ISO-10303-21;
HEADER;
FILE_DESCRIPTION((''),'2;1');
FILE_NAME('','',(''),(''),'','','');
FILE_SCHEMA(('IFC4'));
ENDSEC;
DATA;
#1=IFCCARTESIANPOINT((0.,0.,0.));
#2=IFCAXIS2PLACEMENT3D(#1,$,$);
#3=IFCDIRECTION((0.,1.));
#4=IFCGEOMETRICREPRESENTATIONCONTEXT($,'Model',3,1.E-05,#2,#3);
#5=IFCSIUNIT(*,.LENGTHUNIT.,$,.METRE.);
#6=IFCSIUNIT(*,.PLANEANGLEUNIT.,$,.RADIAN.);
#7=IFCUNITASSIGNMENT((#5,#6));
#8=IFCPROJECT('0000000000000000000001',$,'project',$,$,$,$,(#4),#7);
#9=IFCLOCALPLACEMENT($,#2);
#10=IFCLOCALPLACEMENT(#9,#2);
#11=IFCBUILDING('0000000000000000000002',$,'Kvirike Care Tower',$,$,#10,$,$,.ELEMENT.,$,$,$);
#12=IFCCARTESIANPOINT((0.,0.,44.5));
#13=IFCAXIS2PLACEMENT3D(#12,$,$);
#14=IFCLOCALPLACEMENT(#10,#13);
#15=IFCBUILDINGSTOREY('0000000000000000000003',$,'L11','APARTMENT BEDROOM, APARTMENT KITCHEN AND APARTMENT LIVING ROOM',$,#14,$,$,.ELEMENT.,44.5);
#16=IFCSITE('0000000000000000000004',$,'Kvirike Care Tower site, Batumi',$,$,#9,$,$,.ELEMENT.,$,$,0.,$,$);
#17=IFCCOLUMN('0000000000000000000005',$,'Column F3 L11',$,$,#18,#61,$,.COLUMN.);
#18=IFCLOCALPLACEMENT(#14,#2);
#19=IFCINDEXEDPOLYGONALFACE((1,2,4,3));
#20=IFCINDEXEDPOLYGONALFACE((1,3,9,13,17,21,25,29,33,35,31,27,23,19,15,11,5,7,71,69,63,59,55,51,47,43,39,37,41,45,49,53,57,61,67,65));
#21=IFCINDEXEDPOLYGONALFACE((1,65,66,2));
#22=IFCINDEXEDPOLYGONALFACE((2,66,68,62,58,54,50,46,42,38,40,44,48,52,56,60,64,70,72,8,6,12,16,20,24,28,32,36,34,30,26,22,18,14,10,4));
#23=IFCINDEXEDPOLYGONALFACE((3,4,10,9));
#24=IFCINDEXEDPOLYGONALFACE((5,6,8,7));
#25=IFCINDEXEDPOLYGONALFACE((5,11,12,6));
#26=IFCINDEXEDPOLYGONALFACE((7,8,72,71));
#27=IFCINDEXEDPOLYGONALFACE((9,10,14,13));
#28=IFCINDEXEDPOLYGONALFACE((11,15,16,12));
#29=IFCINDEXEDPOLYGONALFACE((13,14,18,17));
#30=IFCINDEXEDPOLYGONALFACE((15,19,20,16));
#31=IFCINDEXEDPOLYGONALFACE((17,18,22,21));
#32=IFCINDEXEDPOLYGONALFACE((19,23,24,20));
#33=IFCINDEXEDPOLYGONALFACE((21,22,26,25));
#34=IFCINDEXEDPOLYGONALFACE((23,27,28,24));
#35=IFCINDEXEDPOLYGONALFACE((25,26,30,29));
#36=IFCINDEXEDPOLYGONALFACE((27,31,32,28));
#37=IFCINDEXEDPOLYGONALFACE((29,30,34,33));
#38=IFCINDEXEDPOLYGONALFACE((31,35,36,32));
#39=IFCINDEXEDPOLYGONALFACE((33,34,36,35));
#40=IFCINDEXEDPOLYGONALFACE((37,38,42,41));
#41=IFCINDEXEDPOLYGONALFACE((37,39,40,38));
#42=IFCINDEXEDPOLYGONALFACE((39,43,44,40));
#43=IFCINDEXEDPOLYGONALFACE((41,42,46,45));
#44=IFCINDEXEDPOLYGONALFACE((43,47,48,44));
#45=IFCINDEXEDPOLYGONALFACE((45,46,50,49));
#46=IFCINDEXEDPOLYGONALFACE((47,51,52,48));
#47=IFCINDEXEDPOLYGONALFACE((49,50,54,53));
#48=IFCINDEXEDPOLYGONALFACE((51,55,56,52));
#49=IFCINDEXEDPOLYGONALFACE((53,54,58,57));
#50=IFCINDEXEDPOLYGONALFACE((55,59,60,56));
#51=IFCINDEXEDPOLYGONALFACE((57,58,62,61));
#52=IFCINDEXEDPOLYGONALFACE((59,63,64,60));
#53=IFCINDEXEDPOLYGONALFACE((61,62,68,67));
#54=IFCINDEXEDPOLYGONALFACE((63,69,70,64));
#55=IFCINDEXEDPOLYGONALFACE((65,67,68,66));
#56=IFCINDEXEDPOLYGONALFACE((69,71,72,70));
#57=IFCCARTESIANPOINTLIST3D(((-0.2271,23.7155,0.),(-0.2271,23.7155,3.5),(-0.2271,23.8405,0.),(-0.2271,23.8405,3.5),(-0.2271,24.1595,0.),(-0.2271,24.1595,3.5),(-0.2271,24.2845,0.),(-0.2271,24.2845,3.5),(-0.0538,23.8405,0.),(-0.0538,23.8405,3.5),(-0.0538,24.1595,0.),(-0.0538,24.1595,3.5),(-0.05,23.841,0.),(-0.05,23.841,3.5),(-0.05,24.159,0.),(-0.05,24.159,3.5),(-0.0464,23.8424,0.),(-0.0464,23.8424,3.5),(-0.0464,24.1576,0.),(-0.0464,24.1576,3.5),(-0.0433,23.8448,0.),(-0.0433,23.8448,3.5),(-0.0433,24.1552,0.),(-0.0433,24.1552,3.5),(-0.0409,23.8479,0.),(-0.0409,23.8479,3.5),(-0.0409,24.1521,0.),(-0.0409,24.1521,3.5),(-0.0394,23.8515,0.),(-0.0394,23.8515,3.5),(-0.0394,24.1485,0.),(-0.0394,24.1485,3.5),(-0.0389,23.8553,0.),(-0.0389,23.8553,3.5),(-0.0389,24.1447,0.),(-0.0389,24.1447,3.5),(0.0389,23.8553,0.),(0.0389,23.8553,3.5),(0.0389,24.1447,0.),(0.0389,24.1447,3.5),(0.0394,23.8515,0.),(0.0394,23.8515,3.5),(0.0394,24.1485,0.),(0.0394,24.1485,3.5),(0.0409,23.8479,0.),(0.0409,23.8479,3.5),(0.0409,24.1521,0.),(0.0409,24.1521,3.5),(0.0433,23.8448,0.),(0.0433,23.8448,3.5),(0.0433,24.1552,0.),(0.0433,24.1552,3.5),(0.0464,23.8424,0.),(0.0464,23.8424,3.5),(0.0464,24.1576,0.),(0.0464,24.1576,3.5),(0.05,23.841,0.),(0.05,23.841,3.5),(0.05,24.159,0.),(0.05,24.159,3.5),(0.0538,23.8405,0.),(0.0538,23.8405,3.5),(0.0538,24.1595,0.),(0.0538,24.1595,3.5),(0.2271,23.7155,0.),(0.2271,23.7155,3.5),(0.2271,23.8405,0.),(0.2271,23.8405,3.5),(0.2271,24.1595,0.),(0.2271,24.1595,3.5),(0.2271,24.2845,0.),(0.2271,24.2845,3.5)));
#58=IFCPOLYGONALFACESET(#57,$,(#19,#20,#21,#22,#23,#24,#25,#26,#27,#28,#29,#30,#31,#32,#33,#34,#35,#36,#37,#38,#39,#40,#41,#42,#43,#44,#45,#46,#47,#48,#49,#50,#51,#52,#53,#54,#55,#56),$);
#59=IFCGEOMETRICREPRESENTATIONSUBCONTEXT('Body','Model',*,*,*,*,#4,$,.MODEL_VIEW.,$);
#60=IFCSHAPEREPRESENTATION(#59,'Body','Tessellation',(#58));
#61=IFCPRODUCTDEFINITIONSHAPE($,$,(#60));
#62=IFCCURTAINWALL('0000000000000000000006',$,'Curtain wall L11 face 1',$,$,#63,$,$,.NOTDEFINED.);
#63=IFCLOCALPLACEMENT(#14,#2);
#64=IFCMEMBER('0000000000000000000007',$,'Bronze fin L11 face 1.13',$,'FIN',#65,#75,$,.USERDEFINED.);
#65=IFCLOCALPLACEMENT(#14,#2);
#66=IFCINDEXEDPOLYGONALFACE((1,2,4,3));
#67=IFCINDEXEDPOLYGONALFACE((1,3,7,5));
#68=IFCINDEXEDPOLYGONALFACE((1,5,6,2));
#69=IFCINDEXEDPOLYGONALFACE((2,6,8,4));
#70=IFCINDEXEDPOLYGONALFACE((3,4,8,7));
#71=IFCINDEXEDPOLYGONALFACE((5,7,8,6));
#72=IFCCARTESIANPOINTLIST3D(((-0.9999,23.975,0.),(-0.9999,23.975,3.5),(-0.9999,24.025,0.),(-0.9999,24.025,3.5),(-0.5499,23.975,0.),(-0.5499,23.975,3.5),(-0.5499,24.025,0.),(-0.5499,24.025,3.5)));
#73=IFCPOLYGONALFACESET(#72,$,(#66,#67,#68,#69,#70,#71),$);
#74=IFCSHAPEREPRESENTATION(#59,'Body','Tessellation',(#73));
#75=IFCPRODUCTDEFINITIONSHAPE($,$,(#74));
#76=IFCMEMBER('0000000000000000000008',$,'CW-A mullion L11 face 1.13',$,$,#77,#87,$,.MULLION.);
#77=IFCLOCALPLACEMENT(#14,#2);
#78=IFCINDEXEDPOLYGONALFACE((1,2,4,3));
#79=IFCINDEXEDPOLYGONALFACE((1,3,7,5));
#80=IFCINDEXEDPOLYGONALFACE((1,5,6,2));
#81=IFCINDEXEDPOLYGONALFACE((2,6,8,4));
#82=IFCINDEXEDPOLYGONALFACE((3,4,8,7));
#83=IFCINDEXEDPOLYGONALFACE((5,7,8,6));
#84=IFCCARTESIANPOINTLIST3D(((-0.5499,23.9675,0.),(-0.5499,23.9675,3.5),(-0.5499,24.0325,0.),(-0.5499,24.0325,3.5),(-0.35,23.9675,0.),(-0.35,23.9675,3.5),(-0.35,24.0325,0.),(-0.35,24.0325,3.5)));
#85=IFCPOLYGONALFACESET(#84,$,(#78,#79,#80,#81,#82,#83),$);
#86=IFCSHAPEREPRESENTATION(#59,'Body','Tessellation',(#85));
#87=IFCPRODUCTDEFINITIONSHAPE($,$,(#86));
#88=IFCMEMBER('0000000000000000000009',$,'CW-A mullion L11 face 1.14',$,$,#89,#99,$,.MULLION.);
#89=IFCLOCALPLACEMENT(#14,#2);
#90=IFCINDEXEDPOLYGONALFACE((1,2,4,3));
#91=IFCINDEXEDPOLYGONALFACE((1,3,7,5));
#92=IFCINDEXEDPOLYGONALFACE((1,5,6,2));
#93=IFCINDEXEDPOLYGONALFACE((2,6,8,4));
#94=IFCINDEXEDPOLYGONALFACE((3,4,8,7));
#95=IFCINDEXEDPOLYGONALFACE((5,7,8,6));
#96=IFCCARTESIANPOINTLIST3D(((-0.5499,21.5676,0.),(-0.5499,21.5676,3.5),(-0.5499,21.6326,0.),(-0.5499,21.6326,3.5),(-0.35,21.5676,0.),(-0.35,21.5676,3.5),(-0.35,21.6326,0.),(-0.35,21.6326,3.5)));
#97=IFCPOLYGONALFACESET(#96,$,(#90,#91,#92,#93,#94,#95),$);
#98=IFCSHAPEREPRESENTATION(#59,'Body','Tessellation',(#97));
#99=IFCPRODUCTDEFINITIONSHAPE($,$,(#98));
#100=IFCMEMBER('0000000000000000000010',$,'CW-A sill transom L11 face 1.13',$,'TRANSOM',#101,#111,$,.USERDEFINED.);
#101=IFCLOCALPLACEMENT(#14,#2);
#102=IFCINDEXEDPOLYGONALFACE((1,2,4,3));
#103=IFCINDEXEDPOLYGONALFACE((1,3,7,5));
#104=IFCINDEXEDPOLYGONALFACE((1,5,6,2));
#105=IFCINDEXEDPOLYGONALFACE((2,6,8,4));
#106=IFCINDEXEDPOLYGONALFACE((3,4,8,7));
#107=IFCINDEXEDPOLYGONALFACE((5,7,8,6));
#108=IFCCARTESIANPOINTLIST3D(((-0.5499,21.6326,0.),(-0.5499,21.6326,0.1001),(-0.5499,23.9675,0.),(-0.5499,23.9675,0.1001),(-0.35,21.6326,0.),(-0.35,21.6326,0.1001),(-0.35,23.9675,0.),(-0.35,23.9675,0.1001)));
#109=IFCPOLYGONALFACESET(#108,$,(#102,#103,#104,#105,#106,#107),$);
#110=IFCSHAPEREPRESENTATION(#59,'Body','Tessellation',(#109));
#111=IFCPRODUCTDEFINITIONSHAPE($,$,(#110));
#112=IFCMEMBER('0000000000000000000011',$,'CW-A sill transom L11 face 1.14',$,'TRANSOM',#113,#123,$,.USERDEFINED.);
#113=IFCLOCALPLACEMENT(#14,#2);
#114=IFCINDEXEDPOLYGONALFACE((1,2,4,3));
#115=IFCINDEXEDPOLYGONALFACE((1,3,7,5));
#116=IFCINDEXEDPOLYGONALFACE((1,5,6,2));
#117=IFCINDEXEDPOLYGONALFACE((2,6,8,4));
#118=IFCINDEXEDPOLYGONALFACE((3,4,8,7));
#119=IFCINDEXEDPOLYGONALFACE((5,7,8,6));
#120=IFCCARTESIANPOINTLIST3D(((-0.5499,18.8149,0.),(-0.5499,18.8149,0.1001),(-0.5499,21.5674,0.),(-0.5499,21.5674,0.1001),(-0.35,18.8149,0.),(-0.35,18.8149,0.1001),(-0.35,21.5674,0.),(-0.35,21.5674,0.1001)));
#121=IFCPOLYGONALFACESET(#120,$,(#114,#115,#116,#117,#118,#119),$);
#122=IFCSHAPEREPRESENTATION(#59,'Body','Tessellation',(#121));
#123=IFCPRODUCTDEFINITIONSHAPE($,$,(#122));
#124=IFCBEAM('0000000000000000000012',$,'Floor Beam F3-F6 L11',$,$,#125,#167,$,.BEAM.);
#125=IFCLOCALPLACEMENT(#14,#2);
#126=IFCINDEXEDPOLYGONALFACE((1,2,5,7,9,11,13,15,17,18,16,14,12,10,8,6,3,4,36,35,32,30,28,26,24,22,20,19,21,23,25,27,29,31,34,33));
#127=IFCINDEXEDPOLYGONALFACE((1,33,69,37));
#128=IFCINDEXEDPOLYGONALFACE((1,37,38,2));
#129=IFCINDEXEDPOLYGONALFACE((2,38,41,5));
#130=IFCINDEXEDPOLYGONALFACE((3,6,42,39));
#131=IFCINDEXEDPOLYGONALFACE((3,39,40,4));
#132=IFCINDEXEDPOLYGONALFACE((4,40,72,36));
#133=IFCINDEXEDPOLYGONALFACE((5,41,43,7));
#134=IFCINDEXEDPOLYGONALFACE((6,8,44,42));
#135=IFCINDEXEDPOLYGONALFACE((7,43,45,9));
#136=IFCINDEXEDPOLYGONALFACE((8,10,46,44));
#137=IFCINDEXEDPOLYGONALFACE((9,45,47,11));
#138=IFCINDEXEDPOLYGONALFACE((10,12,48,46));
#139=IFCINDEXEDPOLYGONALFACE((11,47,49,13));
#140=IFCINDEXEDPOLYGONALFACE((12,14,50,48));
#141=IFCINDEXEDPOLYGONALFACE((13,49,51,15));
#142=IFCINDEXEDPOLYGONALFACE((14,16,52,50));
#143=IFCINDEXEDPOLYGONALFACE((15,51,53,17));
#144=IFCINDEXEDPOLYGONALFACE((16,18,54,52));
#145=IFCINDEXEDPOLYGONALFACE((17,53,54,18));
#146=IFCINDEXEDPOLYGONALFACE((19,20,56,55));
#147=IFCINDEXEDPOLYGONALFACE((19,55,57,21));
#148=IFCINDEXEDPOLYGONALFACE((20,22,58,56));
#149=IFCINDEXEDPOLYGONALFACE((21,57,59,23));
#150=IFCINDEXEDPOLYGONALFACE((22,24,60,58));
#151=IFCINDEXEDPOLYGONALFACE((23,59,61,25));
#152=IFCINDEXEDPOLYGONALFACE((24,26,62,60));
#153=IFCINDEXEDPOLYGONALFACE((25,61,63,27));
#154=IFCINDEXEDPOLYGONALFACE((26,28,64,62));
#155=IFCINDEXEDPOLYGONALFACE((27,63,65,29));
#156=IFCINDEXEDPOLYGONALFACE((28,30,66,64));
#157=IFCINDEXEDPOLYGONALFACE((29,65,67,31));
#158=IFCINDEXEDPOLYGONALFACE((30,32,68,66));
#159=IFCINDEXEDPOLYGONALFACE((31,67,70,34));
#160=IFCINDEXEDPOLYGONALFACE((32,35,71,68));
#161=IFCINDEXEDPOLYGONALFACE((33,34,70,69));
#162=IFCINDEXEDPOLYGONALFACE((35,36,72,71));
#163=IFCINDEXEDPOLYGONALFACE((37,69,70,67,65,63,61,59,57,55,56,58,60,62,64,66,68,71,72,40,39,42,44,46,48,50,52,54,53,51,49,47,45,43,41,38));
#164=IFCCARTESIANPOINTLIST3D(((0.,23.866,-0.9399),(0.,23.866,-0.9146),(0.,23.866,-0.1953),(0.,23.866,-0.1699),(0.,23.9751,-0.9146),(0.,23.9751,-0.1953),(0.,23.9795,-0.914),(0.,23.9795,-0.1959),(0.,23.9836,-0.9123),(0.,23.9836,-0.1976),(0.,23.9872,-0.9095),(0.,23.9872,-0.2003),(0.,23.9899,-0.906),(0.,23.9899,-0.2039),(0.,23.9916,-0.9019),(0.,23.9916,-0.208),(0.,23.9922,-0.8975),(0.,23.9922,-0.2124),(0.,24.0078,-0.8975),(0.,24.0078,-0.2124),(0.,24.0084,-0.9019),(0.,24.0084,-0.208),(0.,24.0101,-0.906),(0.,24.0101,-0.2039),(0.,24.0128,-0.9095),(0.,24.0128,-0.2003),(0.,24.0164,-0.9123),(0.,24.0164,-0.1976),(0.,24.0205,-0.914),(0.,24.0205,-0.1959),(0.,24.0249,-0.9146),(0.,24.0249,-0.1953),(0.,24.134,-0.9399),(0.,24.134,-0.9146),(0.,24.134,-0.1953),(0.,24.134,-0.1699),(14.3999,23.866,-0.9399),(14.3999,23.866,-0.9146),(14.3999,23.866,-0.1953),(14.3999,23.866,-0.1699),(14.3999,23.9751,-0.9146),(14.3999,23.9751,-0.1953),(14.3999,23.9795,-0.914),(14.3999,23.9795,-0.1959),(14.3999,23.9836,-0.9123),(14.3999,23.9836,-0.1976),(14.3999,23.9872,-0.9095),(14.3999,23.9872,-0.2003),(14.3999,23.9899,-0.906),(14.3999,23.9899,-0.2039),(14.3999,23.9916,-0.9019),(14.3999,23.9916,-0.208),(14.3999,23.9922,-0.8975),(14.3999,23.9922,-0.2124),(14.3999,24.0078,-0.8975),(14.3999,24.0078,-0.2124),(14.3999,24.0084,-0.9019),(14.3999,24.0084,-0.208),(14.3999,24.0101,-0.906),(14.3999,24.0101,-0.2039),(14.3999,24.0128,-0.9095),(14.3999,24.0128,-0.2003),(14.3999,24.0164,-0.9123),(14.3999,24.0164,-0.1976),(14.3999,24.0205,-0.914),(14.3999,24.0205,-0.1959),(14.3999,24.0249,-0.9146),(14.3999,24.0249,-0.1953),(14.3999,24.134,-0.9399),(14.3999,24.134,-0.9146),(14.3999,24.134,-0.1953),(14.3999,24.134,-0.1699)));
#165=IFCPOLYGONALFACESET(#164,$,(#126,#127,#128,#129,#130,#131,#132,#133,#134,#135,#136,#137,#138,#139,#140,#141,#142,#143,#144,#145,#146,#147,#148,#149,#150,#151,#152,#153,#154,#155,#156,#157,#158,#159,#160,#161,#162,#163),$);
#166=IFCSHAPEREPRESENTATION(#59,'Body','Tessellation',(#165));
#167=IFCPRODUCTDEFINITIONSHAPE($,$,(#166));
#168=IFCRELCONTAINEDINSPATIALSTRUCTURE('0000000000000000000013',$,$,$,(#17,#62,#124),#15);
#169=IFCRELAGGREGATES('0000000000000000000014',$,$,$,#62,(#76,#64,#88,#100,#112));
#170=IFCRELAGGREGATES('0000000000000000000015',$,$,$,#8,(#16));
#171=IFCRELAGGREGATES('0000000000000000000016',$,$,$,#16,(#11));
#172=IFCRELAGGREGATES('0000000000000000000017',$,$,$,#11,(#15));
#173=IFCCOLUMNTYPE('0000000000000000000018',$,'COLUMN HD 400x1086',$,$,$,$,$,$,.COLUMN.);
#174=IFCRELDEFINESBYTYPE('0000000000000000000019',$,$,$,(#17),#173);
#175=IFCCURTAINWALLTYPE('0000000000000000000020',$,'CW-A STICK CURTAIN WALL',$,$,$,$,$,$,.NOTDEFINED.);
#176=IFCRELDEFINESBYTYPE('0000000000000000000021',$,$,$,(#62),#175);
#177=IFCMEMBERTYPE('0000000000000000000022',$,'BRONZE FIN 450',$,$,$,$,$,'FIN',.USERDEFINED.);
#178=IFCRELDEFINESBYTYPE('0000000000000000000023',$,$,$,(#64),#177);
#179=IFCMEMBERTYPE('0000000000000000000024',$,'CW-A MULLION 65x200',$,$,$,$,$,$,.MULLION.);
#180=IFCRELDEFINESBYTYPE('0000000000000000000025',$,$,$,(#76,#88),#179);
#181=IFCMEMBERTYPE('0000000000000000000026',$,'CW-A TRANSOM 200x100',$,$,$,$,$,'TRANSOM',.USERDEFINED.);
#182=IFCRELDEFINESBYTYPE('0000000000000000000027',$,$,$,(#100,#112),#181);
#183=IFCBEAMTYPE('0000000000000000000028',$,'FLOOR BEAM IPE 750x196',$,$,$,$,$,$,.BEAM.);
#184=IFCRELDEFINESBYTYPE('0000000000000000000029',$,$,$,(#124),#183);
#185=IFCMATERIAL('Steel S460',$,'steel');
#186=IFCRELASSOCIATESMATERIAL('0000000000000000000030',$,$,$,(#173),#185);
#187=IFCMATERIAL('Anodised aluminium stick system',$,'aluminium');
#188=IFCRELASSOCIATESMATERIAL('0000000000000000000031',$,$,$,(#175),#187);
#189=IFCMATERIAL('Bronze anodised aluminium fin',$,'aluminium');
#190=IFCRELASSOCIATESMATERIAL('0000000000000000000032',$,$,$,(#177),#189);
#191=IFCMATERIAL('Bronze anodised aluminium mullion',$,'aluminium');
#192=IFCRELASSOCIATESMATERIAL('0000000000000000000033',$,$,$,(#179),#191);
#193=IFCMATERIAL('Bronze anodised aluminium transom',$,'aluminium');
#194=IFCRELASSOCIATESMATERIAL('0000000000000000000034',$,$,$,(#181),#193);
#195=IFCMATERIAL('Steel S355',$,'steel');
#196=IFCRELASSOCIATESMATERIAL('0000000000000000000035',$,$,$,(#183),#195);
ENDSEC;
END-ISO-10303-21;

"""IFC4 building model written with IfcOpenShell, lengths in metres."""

from ifc_helpers import new_model, si_unit, direction, frame, origin, origin_2d, place, context, subcontext, project, spatial, rectangle, i_section, extrude, material, material_profile, profile_set, type_object, element, aggregate, save


model = new_model("IFC4")

# Units and contexts
model_context = context("Model", 3, precision=1e-05, world=origin(), true_north=direction((0.0, 1.0)))
body_context = subcontext(model_context, "Body", "Model", "MODEL_VIEW")
ifc_project = project(units=[si_unit("LENGTHUNIT", "METRE"), si_unit("PLANEANGLEUNIT", "RADIAN")], contexts=[model_context])

# Site, building, storey
site_placement = place(None, origin())
site = spatial("IfcSite", under=ifc_project, at=site_placement, Name="Kvirike Care Tower site, Batumi", CompositionType="ELEMENT", RefElevation=0.0)
building_placement = place(site_placement, origin())
building = spatial("IfcBuilding", under=site, at=building_placement, Name="Kvirike Care Tower", CompositionType="ELEMENT")
storey_placement = place(building_placement, frame((0.0, 0.0, 44.5)))
storey = spatial("IfcBuildingStorey", under=building, at=storey_placement, Name="L11", Description="APARTMENT BEDROOM, APARTMENT KITCHEN AND APARTMENT LIVING ROOM", CompositionType="ELEMENT", Elevation=44.5)

# Column
ifc_material_1 = material(Name="Steel S460", Category="steel")
ifc_material_profile_1 = material_profile(ifc_material_1, i_section(OverallWidth=0.4541, OverallDepth=0.5691, WebThickness=0.0779, FlangeThickness=0.125, FilletRadius=0.0149, at=origin_2d()), Name="HD 400x1086")
ifc_profile_set_1 = profile_set([ifc_material_profile_1], Name="Steel S460")
column_type = type_object("IfcColumnType", Name="COLUMN HD 400x1086", PredefinedType="COLUMN", material=ifc_profile_set_1)
column_placement = place(storey_placement, frame((0.0, 24.0, 0.0), z_axis=(0.0, 0.0, 1.0), x_axis=(1.0, 0.0, 0.0)))
element("IfcColumn", 1, at=column_placement, inside=storey, type_object=column_type, Name="Column F3 L11", PredefinedType="COLUMN", context=body_context, shape_type="SweptSolid", body=[
    extrude(i_section(OverallWidth=0.4541, OverallDepth=0.5691, WebThickness=0.0779, FlangeThickness=0.125, FilletRadius=0.0149, at=origin_2d()), origin(), (0.0, 0.0, 1.0), 3.5),
])

# Curtain wall, members
ifc_material_2 = material(Name="Anodised aluminium stick system", Category="aluminium")
curtain_wall_type = type_object("IfcCurtainWallType", Name="CW-A STICK CURTAIN WALL", PredefinedType="NOTDEFINED", material=ifc_material_2)
curtain_wall_placement = place(storey_placement, origin())
curtain_wall = element("IfcCurtainWall", 2, at=curtain_wall_placement, inside=storey, type_object=curtain_wall_type, Name="Curtain wall L11 face 1", PredefinedType="NOTDEFINED")
ifc_material_3 = material(Name="Bronze anodised aluminium fin", Category="aluminium")
ifc_material_profile_2 = material_profile(ifc_material_3, rectangle(XDim=0.05, YDim=0.45, at=origin_2d()), Name="BRONZE FIN 450")
ifc_profile_set_2 = profile_set([ifc_material_profile_2], Name="Bronze anodised aluminium fin")
member_type_1 = type_object("IfcMemberType", Name="BRONZE FIN 450", ElementType="FIN", PredefinedType="USERDEFINED", material=ifc_profile_set_2)
member_1_placement = place(storey_placement, frame((-0.7749, 24.0, 0.0), z_axis=(0.0, 0.0, 1.0), x_axis=(0.0, -1.0, 0.0)))
member_1 = element("IfcMember", 3, at=member_1_placement, type_object=member_type_1, Name="Bronze fin L11 face 1.13", ObjectType="FIN", PredefinedType="USERDEFINED", context=body_context, shape_type="SweptSolid", body=[
    extrude(rectangle(XDim=0.05, YDim=0.45, at=origin_2d()), origin(), (0.0, 0.0, 1.0), 3.5),
])
ifc_material_4 = material(Name="Bronze anodised aluminium mullion", Category="aluminium")
ifc_material_profile_3 = material_profile(ifc_material_4, rectangle(XDim=0.0649, YDim=0.2, at=origin_2d()), Name="CW-A MULLION 65x200")
ifc_profile_set_3 = profile_set([ifc_material_profile_3], Name="Bronze anodised aluminium mullion")
member_type_2 = type_object("IfcMemberType", Name="CW-A MULLION 65x200", PredefinedType="MULLION", material=ifc_profile_set_3)
member_2_placement = place(storey_placement, frame((-0.45, 24.0, 0.0), z_axis=(0.0, 0.0, 1.0), x_axis=(0.0, -1.0, 0.0)))
member_2 = element("IfcMember", 4, at=member_2_placement, type_object=member_type_2, Name="CW-A mullion L11 face 1.13", PredefinedType="MULLION", context=body_context, shape_type="SweptSolid", body=[
    extrude(rectangle(XDim=0.0649, YDim=0.2, at=origin_2d()), origin(), (0.0, 0.0, 1.0), 3.5),
])
member_3_placement = place(storey_placement, frame((-0.45, 21.6001, 0.0), z_axis=(0.0, 0.0, 1.0), x_axis=(0.0, -1.0, 0.0)))
member_3 = element("IfcMember", 5, at=member_3_placement, type_object=member_type_2, Name="CW-A mullion L11 face 1.14", PredefinedType="MULLION", context=body_context, shape_type="SweptSolid", body=[
    extrude(rectangle(XDim=0.0649, YDim=0.2, at=origin_2d()), origin(), (0.0, 0.0, 1.0), 3.5),
])
ifc_material_5 = material(Name="Bronze anodised aluminium transom", Category="aluminium")
ifc_material_profile_4 = material_profile(ifc_material_5, rectangle(XDim=0.2, YDim=0.1001, at=origin_2d()), Name="CW-A TRANSOM 200x100")
ifc_profile_set_4 = profile_set([ifc_material_profile_4], Name="Bronze anodised aluminium transom")
member_type_3 = type_object("IfcMemberType", Name="CW-A TRANSOM 200x100", ElementType="TRANSOM", PredefinedType="USERDEFINED", material=ifc_profile_set_4)
member_4_placement = place(storey_placement, frame((-0.45, 23.9675, 0.05), z_axis=(0.0, -1.0, 0.0), x_axis=(1.0, 0.0, 0.0)))
member_4 = element("IfcMember", 6, at=member_4_placement, type_object=member_type_3, Name="CW-A sill transom L11 face 1.13", ObjectType="TRANSOM", PredefinedType="USERDEFINED", context=body_context, shape_type="SweptSolid", body=[
    extrude(rectangle(XDim=0.2, YDim=0.1001, at=origin_2d()), origin(), (0.0, 0.0, 1.0), 2.335),
])
member_5_placement = place(storey_placement, frame((-0.45, 21.5674, 0.05), z_axis=(0.0, -1.0, 0.0), x_axis=(1.0, 0.0, 0.0)))
member_5 = element("IfcMember", 7, at=member_5_placement, type_object=member_type_3, Name="CW-A sill transom L11 face 1.14", ObjectType="TRANSOM", PredefinedType="USERDEFINED", context=body_context, shape_type="SweptSolid", body=[
    extrude(rectangle(XDim=0.2, YDim=0.1001, at=origin_2d()), origin(), (0.0, 0.0, 1.0), 2.7524),
])

# Beam
ifc_material_6 = material(Name="Steel S355", Category="steel")
ifc_material_profile_5 = material_profile(ifc_material_6, i_section(OverallWidth=0.2681, OverallDepth=0.77, WebThickness=0.0156, FlangeThickness=0.0254, FilletRadius=0.0171, at=origin_2d()), Name="IPE 750x196")
ifc_profile_set_5 = profile_set([ifc_material_profile_5], Name="Steel S355")
beam_type_1 = type_object("IfcBeamType", Name="FLOOR BEAM IPE 750x196", PredefinedType="BEAM", material=ifc_profile_set_5)
beam_1_placement = place(storey_placement, frame((0.0, 24.0, -0.5549), z_axis=(1.0, 0.0, 0.0), x_axis=(0.0, 1.0, 0.0)))
element("IfcBeam", 8, at=beam_1_placement, inside=storey, type_object=beam_type_1, Name="Floor Beam F3-F6 L11", PredefinedType="BEAM", context=body_context, shape_type="SweptSolid", body=[
    extrude(i_section(OverallWidth=0.2681, OverallDepth=0.77, WebThickness=0.0156, FlangeThickness=0.0254, FilletRadius=0.0171, at=origin_2d()), origin(), (0.0, 0.0, 1.0), 14.3999),
])

aggregate(curtain_wall, [member_2, member_1, member_3, member_4, member_5])

save(model, "model.ifc")
